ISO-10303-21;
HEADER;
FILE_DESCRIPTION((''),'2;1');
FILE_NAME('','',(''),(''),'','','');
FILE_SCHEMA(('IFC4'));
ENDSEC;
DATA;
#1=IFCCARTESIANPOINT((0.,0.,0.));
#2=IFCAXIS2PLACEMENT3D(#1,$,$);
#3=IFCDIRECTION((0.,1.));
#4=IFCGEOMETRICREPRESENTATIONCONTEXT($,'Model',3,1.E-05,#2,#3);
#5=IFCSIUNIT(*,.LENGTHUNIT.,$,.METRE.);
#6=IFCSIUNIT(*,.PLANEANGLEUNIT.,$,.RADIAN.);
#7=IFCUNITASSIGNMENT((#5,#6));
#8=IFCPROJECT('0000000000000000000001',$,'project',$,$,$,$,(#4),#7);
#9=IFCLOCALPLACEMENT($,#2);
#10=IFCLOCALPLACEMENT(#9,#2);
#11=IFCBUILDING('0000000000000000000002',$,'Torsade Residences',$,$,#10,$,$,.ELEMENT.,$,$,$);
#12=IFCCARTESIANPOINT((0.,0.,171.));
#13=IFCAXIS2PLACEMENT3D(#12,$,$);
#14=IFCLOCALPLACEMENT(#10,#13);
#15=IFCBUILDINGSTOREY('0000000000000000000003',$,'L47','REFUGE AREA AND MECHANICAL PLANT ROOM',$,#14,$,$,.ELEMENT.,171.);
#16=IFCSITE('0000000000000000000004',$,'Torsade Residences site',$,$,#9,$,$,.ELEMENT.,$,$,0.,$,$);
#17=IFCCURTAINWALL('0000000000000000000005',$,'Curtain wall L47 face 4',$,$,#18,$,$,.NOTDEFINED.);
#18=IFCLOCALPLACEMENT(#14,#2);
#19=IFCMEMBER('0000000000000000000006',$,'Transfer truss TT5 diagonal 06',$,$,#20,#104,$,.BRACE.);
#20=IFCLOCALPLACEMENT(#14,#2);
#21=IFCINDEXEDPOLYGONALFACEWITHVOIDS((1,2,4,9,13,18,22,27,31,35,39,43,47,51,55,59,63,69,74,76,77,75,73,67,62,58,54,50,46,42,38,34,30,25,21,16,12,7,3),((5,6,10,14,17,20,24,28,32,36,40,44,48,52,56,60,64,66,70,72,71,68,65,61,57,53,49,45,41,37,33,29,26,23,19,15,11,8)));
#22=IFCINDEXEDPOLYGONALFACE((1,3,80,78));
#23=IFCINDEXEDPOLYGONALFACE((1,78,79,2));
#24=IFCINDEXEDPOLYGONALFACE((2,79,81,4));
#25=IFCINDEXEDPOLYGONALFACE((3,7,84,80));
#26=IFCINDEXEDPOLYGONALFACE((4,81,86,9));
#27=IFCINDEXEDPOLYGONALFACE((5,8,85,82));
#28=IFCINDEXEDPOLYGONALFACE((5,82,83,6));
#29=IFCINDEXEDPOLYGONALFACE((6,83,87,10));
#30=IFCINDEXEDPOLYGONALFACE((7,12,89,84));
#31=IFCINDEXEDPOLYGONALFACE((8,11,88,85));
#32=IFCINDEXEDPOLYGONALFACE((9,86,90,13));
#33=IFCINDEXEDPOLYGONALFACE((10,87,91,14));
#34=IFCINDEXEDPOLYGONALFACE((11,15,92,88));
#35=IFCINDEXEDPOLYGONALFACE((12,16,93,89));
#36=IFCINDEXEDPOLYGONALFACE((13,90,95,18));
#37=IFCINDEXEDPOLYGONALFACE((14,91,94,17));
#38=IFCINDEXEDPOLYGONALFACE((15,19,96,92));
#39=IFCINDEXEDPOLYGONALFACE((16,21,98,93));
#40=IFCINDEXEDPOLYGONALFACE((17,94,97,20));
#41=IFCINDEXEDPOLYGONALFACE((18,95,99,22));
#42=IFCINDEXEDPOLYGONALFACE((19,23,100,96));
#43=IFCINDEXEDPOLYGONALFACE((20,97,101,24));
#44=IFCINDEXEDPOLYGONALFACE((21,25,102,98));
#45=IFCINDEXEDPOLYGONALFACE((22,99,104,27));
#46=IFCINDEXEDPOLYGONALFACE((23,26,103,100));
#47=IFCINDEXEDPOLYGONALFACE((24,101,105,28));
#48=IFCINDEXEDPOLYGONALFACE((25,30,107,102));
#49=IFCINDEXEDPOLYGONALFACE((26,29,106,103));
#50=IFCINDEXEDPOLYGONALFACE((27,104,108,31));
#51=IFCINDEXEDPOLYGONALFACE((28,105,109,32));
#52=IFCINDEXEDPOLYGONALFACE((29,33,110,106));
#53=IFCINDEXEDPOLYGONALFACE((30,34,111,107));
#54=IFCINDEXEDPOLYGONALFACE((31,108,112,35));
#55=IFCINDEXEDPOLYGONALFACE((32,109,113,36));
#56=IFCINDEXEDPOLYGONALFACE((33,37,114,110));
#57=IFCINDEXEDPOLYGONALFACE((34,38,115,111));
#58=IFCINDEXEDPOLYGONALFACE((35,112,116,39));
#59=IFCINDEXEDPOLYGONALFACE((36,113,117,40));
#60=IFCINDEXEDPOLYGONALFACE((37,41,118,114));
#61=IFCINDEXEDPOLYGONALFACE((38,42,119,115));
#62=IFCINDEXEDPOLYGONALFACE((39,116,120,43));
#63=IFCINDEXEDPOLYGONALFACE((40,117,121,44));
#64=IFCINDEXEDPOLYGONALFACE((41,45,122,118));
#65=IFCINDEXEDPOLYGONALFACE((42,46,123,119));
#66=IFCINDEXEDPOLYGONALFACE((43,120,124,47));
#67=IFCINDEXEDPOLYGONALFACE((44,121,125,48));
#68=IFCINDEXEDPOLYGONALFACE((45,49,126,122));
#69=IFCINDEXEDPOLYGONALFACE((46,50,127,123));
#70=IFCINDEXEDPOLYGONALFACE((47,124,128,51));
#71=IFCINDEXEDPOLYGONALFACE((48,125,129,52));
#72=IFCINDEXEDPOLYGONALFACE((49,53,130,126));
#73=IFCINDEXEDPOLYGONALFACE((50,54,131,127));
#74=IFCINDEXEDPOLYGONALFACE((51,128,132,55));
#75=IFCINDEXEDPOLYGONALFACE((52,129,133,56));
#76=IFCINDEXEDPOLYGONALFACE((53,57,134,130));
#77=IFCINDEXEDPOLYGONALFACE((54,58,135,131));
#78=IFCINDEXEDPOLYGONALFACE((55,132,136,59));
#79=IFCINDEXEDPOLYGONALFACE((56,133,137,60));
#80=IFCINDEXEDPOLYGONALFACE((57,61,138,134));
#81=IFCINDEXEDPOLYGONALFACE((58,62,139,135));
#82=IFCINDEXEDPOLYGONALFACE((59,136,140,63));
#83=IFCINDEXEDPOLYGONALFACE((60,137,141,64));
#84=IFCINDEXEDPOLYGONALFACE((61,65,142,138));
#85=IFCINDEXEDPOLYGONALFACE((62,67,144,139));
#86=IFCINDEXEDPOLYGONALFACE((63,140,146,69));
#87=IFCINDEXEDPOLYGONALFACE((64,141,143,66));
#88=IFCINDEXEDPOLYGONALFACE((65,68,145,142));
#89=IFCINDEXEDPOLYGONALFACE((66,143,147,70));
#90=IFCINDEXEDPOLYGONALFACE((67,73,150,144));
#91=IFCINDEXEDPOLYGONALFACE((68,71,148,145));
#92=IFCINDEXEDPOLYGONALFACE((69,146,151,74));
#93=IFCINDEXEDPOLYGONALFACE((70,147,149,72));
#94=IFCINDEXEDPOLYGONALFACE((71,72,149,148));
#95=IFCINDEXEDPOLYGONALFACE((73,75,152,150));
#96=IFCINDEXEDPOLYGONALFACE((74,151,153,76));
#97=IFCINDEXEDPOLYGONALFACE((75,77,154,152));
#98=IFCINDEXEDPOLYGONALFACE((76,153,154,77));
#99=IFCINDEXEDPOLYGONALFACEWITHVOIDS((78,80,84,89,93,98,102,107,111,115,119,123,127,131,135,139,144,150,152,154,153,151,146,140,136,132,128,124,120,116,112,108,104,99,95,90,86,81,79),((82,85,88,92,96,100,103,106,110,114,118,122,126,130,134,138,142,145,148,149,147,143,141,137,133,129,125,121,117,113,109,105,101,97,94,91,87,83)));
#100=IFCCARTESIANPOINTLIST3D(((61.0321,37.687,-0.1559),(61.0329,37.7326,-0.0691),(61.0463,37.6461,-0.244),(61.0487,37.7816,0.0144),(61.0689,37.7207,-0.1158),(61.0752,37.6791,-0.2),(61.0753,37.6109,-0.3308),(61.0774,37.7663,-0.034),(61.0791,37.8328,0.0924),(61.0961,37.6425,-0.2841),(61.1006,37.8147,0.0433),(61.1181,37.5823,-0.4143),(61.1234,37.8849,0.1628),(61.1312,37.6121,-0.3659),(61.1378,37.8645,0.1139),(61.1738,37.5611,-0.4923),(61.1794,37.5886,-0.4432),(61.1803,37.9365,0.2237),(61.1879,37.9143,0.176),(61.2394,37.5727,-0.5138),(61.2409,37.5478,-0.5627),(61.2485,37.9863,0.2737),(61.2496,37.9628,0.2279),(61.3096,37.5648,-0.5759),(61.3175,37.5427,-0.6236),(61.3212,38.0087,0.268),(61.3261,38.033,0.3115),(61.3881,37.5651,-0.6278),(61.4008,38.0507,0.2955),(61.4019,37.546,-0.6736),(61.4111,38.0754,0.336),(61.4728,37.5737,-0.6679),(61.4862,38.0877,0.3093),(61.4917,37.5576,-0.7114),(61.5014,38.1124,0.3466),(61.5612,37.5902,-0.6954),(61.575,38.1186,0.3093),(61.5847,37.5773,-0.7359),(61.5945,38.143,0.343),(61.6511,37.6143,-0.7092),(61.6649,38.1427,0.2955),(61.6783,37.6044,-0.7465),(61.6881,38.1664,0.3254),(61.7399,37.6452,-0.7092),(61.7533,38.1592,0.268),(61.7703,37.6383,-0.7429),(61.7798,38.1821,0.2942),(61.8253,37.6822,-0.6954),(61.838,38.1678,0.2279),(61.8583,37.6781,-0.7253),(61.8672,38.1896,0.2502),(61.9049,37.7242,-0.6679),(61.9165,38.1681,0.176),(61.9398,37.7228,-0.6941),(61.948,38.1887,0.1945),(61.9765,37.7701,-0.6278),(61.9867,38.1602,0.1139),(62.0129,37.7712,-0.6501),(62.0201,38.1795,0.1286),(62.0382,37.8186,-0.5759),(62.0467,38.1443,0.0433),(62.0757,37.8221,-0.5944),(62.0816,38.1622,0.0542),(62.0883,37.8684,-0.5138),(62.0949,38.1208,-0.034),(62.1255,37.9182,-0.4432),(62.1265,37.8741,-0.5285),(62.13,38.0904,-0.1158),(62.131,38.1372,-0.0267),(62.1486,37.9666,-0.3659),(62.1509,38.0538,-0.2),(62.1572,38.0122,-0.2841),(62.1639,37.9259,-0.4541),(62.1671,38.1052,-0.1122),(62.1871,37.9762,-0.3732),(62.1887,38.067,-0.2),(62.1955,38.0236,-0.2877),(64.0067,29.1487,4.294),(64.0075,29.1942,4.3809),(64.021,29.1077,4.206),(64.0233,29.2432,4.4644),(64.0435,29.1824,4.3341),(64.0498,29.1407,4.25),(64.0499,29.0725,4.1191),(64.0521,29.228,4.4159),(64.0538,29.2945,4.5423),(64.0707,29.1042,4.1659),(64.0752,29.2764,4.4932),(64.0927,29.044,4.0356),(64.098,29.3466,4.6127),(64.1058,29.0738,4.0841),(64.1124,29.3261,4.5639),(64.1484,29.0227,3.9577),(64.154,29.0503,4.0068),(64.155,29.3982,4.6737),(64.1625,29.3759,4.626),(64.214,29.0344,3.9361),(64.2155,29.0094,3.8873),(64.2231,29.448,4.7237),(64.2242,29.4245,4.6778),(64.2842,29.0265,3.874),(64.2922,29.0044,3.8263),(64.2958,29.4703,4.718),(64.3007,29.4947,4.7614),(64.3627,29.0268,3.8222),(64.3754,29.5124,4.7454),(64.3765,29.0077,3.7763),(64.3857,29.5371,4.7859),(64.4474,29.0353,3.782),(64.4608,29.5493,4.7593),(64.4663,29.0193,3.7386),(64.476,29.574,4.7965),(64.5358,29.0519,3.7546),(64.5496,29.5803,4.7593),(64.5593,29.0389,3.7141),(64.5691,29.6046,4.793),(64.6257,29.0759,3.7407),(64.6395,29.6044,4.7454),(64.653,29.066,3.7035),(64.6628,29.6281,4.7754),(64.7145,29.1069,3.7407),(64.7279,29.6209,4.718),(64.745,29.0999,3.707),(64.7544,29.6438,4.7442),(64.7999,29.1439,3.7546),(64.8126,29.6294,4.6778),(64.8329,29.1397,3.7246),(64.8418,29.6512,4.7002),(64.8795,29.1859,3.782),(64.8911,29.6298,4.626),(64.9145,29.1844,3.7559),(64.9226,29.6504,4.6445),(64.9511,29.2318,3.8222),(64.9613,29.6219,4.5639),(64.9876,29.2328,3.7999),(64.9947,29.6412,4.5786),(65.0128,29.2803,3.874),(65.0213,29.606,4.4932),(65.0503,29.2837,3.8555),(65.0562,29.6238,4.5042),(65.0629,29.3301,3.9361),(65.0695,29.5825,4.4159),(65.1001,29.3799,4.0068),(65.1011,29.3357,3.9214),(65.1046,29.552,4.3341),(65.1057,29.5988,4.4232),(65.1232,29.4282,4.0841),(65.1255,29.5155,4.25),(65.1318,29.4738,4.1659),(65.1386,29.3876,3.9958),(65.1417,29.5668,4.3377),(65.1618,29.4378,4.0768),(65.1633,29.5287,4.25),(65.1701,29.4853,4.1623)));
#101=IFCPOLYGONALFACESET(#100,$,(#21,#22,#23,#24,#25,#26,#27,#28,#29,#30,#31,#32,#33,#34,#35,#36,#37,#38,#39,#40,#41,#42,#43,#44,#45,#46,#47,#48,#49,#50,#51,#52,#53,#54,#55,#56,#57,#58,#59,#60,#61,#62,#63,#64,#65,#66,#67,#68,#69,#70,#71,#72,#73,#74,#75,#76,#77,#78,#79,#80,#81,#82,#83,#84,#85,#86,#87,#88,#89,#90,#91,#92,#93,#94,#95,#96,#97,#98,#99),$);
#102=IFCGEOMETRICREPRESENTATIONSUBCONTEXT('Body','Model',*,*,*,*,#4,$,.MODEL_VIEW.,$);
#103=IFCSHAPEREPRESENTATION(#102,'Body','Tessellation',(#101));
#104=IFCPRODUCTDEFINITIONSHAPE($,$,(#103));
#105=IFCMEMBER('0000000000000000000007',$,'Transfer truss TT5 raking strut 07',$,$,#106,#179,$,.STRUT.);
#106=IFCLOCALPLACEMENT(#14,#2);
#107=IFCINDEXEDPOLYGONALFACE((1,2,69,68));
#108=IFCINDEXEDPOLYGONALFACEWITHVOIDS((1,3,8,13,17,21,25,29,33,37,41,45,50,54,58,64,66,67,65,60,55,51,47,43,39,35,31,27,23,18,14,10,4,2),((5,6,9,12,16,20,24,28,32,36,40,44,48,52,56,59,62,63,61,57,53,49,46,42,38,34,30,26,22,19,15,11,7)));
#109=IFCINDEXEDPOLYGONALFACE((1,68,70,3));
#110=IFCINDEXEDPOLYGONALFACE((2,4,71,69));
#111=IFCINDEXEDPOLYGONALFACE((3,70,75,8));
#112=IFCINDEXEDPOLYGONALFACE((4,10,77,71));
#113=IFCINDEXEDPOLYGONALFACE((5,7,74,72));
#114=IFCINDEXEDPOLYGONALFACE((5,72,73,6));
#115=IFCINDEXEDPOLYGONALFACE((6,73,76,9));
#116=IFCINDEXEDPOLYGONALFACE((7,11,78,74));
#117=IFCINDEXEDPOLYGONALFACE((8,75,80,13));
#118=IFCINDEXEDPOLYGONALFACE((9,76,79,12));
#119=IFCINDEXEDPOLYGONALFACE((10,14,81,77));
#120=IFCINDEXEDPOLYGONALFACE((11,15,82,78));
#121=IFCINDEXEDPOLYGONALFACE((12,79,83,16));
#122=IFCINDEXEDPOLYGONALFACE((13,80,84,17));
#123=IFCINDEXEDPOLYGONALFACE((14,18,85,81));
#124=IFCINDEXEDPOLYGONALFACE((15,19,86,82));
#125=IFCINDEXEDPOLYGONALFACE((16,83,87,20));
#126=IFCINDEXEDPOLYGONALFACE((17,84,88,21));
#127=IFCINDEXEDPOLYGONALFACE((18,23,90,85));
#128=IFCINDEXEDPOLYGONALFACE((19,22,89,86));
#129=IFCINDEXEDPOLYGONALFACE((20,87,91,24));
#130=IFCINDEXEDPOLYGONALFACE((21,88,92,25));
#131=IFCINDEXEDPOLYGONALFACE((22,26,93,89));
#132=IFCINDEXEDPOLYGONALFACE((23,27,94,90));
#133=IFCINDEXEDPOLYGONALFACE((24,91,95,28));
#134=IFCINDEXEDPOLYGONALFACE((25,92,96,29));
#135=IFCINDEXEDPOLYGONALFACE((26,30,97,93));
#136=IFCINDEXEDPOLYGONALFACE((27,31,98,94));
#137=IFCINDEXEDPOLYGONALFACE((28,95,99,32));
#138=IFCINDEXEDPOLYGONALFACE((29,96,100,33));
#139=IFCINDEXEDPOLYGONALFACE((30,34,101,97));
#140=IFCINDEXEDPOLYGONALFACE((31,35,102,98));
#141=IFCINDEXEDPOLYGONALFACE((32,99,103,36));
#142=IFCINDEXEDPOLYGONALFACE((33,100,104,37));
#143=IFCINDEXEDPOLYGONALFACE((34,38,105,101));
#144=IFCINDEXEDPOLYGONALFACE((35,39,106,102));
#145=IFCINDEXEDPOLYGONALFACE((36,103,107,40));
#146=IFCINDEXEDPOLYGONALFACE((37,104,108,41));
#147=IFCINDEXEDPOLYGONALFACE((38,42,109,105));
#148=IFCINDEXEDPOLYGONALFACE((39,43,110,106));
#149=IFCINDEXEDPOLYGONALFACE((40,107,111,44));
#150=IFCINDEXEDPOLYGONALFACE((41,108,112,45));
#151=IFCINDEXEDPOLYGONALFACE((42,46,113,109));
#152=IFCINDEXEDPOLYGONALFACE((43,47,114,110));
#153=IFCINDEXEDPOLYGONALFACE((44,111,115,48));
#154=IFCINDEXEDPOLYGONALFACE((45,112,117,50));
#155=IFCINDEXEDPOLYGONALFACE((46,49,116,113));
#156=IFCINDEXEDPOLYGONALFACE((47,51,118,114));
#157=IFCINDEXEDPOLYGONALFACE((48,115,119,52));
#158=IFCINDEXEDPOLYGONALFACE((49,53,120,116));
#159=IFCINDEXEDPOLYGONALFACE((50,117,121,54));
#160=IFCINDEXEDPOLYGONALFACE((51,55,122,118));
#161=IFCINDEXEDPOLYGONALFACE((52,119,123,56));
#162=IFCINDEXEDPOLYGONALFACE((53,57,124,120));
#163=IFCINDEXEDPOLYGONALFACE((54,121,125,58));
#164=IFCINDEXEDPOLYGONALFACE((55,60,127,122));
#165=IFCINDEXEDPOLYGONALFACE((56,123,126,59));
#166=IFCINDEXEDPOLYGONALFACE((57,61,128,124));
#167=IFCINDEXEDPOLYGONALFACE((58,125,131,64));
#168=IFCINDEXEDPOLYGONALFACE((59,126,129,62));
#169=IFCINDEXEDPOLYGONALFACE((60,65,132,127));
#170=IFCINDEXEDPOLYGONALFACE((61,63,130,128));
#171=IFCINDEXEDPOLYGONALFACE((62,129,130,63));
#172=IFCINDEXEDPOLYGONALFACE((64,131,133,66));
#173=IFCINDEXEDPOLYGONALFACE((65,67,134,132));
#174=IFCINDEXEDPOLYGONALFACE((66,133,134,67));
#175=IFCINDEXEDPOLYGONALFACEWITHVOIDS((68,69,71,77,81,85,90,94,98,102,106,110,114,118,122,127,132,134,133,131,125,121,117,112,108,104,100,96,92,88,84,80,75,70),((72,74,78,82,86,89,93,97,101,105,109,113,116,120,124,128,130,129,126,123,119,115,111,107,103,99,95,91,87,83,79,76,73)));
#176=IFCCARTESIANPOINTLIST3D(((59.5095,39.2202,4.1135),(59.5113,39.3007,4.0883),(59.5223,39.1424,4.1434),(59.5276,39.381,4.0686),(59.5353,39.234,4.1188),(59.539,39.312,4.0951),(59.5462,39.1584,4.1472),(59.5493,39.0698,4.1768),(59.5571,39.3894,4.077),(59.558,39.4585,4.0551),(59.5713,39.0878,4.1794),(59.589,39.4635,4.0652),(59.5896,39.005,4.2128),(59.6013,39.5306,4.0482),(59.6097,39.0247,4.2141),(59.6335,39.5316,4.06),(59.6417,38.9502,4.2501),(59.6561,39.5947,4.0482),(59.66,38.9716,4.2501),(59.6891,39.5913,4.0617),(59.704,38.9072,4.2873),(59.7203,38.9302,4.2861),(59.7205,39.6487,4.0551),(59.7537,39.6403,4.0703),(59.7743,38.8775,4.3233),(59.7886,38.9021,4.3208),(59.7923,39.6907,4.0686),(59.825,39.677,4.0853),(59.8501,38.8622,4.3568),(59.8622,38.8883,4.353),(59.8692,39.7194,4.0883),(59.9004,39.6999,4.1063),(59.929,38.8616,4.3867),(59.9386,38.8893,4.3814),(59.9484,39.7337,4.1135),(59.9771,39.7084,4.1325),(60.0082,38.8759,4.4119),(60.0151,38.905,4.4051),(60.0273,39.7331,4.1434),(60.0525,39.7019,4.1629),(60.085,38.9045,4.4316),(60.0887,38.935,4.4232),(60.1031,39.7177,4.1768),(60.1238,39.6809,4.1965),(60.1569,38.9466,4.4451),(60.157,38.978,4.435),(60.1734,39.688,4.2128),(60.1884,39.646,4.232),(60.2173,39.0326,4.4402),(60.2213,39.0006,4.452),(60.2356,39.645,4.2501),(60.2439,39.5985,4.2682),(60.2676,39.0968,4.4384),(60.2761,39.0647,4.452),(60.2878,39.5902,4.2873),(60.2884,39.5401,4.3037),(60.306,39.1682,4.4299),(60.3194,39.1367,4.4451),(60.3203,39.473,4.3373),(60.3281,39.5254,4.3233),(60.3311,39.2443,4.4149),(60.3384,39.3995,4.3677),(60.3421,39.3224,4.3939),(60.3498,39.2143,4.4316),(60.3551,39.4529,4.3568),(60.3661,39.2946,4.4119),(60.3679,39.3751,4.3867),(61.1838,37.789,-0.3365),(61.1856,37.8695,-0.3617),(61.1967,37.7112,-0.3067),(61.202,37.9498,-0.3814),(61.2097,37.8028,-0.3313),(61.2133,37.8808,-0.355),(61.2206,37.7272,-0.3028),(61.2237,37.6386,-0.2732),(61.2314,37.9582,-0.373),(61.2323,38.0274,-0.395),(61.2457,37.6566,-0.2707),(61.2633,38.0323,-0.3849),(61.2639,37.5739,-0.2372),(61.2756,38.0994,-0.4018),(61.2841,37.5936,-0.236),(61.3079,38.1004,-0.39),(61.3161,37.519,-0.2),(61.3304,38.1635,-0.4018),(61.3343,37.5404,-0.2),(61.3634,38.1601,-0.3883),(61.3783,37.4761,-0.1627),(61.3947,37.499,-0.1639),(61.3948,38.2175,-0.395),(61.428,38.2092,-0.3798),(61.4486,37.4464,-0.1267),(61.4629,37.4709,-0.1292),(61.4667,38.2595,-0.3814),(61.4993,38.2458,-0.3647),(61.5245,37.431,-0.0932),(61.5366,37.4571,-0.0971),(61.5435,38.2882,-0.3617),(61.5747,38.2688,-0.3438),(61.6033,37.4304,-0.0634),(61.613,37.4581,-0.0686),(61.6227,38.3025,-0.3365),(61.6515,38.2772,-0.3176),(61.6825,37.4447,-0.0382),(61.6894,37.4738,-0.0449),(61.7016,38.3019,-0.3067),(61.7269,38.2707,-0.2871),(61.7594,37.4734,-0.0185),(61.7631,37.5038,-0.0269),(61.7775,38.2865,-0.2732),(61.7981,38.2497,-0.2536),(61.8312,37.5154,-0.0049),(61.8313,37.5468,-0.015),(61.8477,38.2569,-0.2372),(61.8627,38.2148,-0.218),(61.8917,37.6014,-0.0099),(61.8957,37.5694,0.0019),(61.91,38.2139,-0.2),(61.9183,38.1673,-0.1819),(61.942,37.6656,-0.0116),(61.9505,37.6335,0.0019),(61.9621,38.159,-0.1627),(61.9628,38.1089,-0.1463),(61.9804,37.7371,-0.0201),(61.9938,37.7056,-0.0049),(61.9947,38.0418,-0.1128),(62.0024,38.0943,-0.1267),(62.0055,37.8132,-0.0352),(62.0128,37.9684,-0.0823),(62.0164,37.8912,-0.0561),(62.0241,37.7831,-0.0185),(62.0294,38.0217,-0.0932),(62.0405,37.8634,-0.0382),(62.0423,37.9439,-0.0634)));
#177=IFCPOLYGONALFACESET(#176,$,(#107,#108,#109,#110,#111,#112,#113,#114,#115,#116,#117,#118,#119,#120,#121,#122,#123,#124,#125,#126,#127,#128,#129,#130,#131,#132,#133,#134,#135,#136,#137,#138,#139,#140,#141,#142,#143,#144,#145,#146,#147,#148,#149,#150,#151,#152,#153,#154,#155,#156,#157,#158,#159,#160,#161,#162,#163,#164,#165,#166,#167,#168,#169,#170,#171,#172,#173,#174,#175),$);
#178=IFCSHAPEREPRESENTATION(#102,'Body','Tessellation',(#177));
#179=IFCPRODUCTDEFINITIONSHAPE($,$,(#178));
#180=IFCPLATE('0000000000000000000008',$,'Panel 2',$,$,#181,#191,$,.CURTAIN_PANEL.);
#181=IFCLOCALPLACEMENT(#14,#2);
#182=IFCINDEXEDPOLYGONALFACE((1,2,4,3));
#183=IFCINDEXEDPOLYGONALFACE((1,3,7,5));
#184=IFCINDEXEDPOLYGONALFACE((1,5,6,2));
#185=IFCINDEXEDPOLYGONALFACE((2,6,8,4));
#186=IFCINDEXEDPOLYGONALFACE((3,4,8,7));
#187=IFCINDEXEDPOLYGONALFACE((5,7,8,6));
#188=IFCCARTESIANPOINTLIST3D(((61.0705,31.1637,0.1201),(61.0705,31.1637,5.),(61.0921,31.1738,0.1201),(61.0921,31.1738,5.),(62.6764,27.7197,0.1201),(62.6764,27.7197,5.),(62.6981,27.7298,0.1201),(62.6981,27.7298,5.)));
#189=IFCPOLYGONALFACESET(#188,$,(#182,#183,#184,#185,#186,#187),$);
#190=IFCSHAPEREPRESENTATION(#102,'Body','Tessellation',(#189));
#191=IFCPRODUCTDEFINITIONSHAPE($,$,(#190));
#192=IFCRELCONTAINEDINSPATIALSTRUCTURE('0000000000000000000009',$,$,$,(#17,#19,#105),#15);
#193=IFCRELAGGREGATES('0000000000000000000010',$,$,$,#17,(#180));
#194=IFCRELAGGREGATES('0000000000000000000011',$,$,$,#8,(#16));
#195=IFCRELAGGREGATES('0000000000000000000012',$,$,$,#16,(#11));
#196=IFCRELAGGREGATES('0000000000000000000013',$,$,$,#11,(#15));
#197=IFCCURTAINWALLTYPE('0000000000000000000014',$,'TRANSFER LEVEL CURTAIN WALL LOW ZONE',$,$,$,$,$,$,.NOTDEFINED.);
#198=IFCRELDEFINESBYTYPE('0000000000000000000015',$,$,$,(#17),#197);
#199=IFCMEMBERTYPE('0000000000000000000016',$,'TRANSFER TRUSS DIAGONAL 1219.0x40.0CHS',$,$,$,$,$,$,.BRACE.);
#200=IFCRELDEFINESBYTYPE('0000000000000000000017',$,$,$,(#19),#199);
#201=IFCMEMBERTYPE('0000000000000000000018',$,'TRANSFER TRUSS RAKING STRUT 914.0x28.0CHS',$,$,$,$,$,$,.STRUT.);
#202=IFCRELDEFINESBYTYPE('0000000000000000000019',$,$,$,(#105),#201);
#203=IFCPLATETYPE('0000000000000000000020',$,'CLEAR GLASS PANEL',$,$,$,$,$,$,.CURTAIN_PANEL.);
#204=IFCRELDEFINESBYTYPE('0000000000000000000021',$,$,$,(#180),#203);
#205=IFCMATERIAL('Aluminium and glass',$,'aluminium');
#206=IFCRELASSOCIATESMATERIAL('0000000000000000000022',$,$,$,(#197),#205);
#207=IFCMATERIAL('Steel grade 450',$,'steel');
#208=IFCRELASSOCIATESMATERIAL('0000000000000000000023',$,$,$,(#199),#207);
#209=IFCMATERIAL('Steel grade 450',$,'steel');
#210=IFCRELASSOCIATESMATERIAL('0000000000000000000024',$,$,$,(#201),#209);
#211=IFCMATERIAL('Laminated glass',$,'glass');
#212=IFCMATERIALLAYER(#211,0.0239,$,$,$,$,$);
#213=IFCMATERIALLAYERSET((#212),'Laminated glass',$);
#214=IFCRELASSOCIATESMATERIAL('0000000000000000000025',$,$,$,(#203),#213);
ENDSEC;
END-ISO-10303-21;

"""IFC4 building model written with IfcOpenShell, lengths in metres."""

from ifc_helpers import new_model, si_unit, direction, frame, origin, origin_2d, place, context, subcontext, project, spatial, rectangle, hollow_circle, extrude, material, layer, layer_set, material_profile, profile_set, type_object, element, aggregate, save


model = new_model("IFC4")

# Units and contexts
model_context = context("Model", 3, precision=1e-05, world=origin(), true_north=direction((0.0, 1.0)))
body_context = subcontext(model_context, "Body", "Model", "MODEL_VIEW")
ifc_project = project(units=[si_unit("LENGTHUNIT", "METRE"), si_unit("PLANEANGLEUNIT", "RADIAN")], contexts=[model_context])

# Site, building, storey
site_placement = place(None, origin())
site = spatial("IfcSite", under=ifc_project, at=site_placement, Name="Torsade Residences site", CompositionType="ELEMENT", RefElevation=0.0)
building_placement = place(site_placement, origin())
building = spatial("IfcBuilding", under=site, at=building_placement, Name="Torsade Residences", CompositionType="ELEMENT")
storey_placement = place(building_placement, frame((0.0, 0.0, 171.0)))
storey = spatial("IfcBuildingStorey", under=building, at=storey_placement, Name="L47", Description="REFUGE AREA AND MECHANICAL PLANT ROOM", CompositionType="ELEMENT", Elevation=171.0)

# Curtain wall
ifc_material_1 = material(Name="Aluminium and glass", Category="aluminium")
curtain_wall_type = type_object("IfcCurtainWallType", Name="TRANSFER LEVEL CURTAIN WALL LOW ZONE", PredefinedType="NOTDEFINED", material=ifc_material_1)
curtain_wall_placement = place(storey_placement, origin())
curtain_wall = element("IfcCurtainWall", 1, at=curtain_wall_placement, inside=storey, type_object=curtain_wall_type, Name="Curtain wall L47 face 4", PredefinedType="NOTDEFINED")

# Members
ifc_material_2 = material(Name="Steel grade 450", Category="steel")
ifc_material_profile_1 = material_profile(ifc_material_2, hollow_circle(Radius=0.6096, WallThickness=0.04, at=origin_2d()), Name="1219.0x40.0CHS")
ifc_profile_set_1 = profile_set([ifc_material_profile_1], Name="Steel grade 450")
member_type_1 = type_object("IfcMemberType", Name="TRANSFER TRUSS DIAGONAL 1219.0x40.0CHS", PredefinedType="BRACE", material=ifc_profile_set_1)
member_1_placement = place(storey_placement, frame((61.613, 37.8665, -0.2), z_axis=(0.295177, -0.847277, 0.441578), x_axis=(0.944333, 0.32899, 0.0)))
element("IfcMember", 2, at=member_1_placement, inside=storey, type_object=member_type_1, Name="Transfer truss TT5 diagonal 06", PredefinedType="BRACE", context=body_context, shape_type="SweptSolid", body=[
    extrude(hollow_circle(Radius=0.6096, WallThickness=0.04, at=origin_2d()), origin(), (0.0, 0.0, 1.0), 10.0774),
])
ifc_material_3 = material(Name="Steel grade 450", Category="steel")
ifc_material_profile_2 = material_profile(ifc_material_3, hollow_circle(Radius=0.457, WallThickness=0.0281, at=origin_2d()), Name="914.0x28.0CHS")
ifc_profile_set_2 = profile_set([ifc_material_profile_2], Name="Steel grade 450")
member_type_2 = type_object("IfcMemberType", Name="TRANSFER TRUSS RAKING STRUT 914.0x28.0CHS", PredefinedType="STRUT", material=ifc_profile_set_2)
member_2_placement = place(storey_placement, frame((61.613, 37.8665, -0.2), z_axis=(-0.337208, 0.288234, 0.896221), x_axis=(-0.64975, -0.760148, 0.0)))
element("IfcMember", 3, at=member_2_placement, inside=storey, type_object=member_type_2, Name="Transfer truss TT5 raking strut 07", PredefinedType="STRUT", context=body_context, shape_type="SweptSolid", body=[
    extrude(hollow_circle(Radius=0.457, WallThickness=0.0281, at=origin_2d()), origin(), (0.0, 0.0, 1.0), 4.9653),
])

# Plate
ifc_material_4 = material(Name="Laminated glass", Category="glass")
ifc_layer_1 = layer(ifc_material_4, 0.0239)
ifc_layer_set_1 = layer_set([ifc_layer_1], Name="Laminated glass")
plate_type_1 = type_object("IfcPlateType", Name="CLEAR GLASS PANEL", PredefinedType="CURTAIN_PANEL", material=ifc_layer_set_1)
plate_1_placement = place(storey_placement, frame((61.8843, 29.4468, 0.1201), z_axis=(0.0, 0.0, 1.0), x_axis=(-0.422618, 0.906308, 0.0)))
plate_1 = element("IfcPlate", 4, at=plate_1_placement, type_object=plate_type_1, Name="Panel 2", PredefinedType="CURTAIN_PANEL", context=body_context, shape_type="SweptSolid", body=[
    extrude(rectangle(XDim=3.8, YDim=0.0239, at=origin_2d()), origin(), (0.0, 0.0, 1.0), 4.8799),
])
aggregate(curtain_wall, [plate_1])

save(model, "model.ifc")
